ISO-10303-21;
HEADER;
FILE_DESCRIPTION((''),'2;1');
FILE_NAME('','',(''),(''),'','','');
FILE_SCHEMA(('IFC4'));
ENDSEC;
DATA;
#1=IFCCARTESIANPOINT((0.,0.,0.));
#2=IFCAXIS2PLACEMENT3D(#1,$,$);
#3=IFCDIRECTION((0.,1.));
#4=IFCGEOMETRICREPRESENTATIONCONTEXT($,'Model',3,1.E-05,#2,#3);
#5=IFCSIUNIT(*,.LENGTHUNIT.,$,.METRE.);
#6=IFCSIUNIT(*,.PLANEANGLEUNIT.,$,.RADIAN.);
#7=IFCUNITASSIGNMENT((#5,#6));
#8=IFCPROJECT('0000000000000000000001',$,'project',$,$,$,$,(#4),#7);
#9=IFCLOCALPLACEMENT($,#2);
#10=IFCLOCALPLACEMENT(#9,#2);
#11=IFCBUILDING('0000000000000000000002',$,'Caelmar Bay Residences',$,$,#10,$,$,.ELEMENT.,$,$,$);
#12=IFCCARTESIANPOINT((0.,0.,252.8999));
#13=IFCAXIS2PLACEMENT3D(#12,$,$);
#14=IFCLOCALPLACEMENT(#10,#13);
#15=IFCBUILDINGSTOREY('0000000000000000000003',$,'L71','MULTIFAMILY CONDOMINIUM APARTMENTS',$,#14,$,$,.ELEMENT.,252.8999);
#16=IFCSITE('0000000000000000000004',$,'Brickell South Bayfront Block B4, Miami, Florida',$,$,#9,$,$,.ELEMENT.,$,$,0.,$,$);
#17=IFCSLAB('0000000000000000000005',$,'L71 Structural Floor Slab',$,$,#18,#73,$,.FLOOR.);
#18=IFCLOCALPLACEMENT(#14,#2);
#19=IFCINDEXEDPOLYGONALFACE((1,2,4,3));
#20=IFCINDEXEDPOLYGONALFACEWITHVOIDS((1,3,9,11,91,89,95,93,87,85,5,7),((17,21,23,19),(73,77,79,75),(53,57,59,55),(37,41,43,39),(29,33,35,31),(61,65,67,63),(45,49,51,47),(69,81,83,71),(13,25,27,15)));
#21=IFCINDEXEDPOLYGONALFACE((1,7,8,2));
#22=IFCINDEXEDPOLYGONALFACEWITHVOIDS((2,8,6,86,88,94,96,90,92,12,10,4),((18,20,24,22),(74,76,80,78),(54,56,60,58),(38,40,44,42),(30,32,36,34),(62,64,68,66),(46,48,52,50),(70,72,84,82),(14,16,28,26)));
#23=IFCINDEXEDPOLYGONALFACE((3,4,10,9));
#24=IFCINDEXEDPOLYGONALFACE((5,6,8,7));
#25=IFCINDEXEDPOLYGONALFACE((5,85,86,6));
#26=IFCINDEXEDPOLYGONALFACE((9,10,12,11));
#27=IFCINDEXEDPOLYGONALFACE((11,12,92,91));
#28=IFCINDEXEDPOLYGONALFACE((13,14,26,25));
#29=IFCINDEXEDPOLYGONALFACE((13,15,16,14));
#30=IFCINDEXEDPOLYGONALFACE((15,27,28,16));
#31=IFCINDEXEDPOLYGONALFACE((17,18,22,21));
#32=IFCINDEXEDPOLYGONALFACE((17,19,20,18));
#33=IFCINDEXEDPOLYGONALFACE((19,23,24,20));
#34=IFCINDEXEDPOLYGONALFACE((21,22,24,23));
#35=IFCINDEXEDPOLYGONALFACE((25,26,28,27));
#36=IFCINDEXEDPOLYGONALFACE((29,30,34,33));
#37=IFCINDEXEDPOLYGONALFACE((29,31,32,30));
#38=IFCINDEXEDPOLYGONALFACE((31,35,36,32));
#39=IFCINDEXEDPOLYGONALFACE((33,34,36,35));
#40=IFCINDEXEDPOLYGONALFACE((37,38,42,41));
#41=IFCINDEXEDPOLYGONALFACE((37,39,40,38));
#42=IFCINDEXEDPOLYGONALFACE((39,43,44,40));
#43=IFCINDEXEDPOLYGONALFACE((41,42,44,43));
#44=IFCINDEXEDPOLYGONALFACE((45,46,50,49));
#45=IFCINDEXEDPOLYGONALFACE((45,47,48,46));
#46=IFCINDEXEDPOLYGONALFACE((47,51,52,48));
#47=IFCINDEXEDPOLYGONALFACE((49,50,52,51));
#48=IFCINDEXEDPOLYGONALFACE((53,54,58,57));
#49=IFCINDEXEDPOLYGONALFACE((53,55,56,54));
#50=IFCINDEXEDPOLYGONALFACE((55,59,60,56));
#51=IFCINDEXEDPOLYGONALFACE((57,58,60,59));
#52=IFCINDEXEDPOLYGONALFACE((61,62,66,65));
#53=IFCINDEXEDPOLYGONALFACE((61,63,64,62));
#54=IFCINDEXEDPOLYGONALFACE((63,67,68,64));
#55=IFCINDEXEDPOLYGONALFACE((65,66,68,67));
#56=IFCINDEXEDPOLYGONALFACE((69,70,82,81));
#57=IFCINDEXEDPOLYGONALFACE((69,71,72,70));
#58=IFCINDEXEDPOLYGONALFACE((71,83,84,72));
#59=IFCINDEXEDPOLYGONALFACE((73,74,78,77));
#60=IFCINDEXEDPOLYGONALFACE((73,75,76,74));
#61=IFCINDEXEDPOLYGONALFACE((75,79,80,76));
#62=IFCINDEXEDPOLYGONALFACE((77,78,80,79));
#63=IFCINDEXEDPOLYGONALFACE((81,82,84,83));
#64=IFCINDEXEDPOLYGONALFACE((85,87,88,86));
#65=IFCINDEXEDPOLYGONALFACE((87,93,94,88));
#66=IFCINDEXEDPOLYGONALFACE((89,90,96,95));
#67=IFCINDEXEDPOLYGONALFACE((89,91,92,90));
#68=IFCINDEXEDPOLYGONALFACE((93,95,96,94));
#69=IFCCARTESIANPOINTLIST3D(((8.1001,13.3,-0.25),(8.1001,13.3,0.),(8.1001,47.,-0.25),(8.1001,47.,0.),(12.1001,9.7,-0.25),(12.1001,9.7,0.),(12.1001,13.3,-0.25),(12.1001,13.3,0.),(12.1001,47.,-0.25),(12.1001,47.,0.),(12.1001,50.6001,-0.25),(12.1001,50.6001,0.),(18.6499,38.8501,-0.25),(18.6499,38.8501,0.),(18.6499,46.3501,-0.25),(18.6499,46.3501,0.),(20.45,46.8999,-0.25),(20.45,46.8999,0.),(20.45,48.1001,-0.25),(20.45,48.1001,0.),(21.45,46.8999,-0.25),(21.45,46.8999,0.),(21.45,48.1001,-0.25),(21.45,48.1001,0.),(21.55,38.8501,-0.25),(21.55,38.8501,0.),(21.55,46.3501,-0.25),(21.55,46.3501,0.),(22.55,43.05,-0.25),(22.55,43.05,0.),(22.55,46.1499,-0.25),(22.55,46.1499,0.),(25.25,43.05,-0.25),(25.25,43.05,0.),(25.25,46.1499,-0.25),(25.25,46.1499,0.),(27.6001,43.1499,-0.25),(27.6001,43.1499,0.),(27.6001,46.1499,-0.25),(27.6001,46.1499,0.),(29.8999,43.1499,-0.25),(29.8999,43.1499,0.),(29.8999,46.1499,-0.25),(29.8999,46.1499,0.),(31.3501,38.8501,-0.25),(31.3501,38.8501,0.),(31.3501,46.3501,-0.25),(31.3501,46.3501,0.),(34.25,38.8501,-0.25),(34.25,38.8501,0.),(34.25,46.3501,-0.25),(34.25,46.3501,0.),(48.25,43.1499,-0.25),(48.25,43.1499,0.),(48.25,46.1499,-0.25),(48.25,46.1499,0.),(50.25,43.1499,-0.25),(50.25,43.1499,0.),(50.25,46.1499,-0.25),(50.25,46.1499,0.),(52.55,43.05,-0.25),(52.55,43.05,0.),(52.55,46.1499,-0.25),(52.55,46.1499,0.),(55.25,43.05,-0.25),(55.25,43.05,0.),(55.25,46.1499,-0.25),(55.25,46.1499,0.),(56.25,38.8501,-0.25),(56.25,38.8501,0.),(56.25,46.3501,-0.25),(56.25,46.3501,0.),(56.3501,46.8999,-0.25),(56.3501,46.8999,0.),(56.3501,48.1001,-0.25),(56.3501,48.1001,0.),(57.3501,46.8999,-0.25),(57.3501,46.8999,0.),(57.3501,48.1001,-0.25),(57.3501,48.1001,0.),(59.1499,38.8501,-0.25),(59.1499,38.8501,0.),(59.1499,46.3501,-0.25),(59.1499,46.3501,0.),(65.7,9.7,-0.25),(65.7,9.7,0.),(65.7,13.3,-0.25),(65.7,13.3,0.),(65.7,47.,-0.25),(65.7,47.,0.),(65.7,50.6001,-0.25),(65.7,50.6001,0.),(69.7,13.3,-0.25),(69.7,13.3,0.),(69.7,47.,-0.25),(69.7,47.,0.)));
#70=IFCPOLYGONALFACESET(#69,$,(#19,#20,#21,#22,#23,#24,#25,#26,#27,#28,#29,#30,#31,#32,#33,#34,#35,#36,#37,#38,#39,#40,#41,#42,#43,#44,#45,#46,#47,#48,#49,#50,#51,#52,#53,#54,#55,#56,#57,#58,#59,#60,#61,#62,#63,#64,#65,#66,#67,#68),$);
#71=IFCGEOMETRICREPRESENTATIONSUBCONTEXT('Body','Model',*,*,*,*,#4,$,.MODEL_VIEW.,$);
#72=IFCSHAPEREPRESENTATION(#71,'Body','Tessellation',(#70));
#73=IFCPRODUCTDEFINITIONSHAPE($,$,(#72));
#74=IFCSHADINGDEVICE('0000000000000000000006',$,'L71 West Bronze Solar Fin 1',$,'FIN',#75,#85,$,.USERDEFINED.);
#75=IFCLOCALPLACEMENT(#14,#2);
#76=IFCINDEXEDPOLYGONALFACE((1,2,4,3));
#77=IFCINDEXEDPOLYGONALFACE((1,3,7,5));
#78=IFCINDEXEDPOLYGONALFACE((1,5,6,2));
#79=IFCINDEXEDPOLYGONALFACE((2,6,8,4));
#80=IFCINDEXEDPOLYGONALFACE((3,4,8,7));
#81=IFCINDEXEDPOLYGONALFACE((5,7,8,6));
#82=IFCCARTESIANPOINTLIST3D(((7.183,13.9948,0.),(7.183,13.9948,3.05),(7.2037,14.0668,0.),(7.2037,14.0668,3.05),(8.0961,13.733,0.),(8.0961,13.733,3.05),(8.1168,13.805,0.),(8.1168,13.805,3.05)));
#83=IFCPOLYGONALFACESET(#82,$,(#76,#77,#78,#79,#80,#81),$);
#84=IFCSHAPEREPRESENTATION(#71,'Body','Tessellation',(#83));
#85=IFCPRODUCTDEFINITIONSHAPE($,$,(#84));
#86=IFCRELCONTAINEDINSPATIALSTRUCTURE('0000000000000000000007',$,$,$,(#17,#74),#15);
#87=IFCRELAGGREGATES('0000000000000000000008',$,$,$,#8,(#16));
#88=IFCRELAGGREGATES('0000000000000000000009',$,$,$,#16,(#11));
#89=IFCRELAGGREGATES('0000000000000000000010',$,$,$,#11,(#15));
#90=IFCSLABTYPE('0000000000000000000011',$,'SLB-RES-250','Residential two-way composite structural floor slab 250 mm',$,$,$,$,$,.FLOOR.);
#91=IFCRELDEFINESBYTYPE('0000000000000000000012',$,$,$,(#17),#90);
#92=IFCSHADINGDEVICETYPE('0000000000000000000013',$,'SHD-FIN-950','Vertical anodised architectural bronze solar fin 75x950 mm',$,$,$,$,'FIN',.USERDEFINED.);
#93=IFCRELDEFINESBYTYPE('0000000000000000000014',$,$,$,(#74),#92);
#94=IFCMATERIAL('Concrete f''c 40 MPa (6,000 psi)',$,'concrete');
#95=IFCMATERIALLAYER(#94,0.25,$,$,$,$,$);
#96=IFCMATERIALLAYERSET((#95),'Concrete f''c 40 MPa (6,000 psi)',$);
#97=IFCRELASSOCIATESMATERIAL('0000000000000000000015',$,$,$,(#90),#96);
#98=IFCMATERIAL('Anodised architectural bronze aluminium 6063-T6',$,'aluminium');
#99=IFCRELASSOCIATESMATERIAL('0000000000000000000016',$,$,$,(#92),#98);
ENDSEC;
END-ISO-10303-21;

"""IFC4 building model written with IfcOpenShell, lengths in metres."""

from ifc_helpers import new_model, si_unit, direction, frame, origin, origin_2d, place, context, subcontext, project, spatial, polyline, rectangle, outline, extrude, material, layer, layer_set, material_profile, profile_set, type_object, element, save


model = new_model("IFC4")

# Units and contexts
model_context = context("Model", 3, precision=1e-05, world=origin(), true_north=direction((0.0, 1.0)))
body_context = subcontext(model_context, "Body", "Model", "MODEL_VIEW")
ifc_project = project(units=[si_unit("LENGTHUNIT", "METRE"), si_unit("PLANEANGLEUNIT", "RADIAN")], contexts=[model_context])

# Site, building, storey
site_placement = place(None, origin())
site = spatial("IfcSite", under=ifc_project, at=site_placement, Name="Brickell South Bayfront Block B4, Miami, Florida", CompositionType="ELEMENT", RefElevation=0.0)
building_placement = place(site_placement, origin())
building = spatial("IfcBuilding", under=site, at=building_placement, Name="Caelmar Bay Residences", CompositionType="ELEMENT")
storey_placement = place(building_placement, frame((0.0, 0.0, 252.8999)))
storey = spatial("IfcBuildingStorey", under=building, at=storey_placement, Name="L71", Description="MULTIFAMILY CONDOMINIUM APARTMENTS", CompositionType="ELEMENT", Elevation=252.8999)

# Shared definitions
ifc_material_1 = material(Name="Concrete f'c 40 MPa (6,000 psi)", Category="concrete")

# Slab
ifc_layer_1 = layer(ifc_material_1, 0.25)
ifc_layer_set_1 = layer_set([ifc_layer_1], Name="Concrete f'c 40 MPa (6,000 psi)")
slab_type_1 = type_object("IfcSlabType", Name="SLB-RES-250", Description="Residential two-way composite structural floor slab 250 mm", PredefinedType="FLOOR", material=ifc_layer_set_1)
slab_1_placement = place(storey_placement, frame((0.0, 0.0, -0.25)))
element("IfcSlab", 1, at=slab_1_placement, inside=storey, type_object=slab_type_1, Name="L71 Structural Floor Slab", PredefinedType="FLOOR", context=body_context, shape_type="SweptSolid", body=[
    extrude(outline(polyline([(12.1001, 9.7), (65.7, 9.7), (65.7, 13.3), (69.7, 13.3), (69.7, 47.0), (65.7, 47.0), (65.7, 50.6001), (12.1001, 50.6001), (12.1001, 47.0), (8.1001, 47.0), (8.1001, 13.3), (12.1001, 13.3), (12.1001, 9.7)]), holes=[polyline([(18.6499, 38.8501), (21.55, 38.8501), (21.55, 46.3501), (18.6499, 46.3501), (18.6499, 38.8501)]), polyline([(56.25, 38.8501), (59.1499, 38.8501), (59.1499, 46.3501), (56.25, 46.3501), (56.25, 38.8501)]), polyline([(31.3501, 38.8501), (34.25, 38.8501), (34.25, 46.3501), (31.3501, 46.3501), (31.3501, 38.8501)]), polyline([(22.55, 43.05), (25.25, 43.05), (25.25, 46.1499), (22.55, 46.1499), (22.55, 43.05)]), polyline([(52.55, 43.05), (55.25, 43.05), (55.25, 46.1499), (52.55, 46.1499), (52.55, 43.05)]), polyline([(48.25, 43.1499), (50.25, 43.1499), (50.25, 46.1499), (48.25, 46.1499), (48.25, 43.1499)]), polyline([(27.6001, 43.1499), (29.8999, 43.1499), (29.8999, 46.1499), (27.6001, 46.1499), (27.6001, 43.1499)]), polyline([(20.45, 46.8999), (21.45, 46.8999), (21.45, 48.1001), (20.45, 48.1001), (20.45, 46.8999)]), polyline([(56.3501, 46.8999), (57.3501, 46.8999), (57.3501, 48.1001), (56.3501, 48.1001), (56.3501, 46.8999)])]), origin(), (0.0, 0.0, 1.0), 0.25),
])

# Shading device
ifc_material_2 = material(Name="Anodised architectural bronze aluminium 6063-T6", Category="aluminium")
ifc_material_profile_1 = material_profile(ifc_material_2, rectangle(XDim=0.075, YDim=0.95, at=origin_2d()), Name="BRONZE-FIN-75X950")
ifc_profile_set_1 = profile_set([ifc_material_profile_1], Name="Anodised architectural bronze aluminium 6063-T6")
shading_device_type = type_object("IfcShadingDeviceType", Name="SHD-FIN-950", Description="Vertical anodised architectural bronze solar fin 75x950 mm", ElementType="FIN", PredefinedType="USERDEFINED", material=ifc_profile_set_1)
shading_device_placement = place(storey_placement, frame((7.6499, 13.8999, 0.0), z_axis=(0.0, 0.0, 1.0), x_axis=(0.275637, 0.961262, 0.0)))
element("IfcShadingDevice", 2, at=shading_device_placement, inside=storey, type_object=shading_device_type, Name="L71 West Bronze Solar Fin 1", ObjectType="FIN", PredefinedType="USERDEFINED", context=body_context, shape_type="SweptSolid", body=[
    extrude(rectangle(XDim=0.075, YDim=0.95, at=origin_2d()), origin(), (0.0, 0.0, 1.0), 3.05),
])

save(model, "model.ifc")
